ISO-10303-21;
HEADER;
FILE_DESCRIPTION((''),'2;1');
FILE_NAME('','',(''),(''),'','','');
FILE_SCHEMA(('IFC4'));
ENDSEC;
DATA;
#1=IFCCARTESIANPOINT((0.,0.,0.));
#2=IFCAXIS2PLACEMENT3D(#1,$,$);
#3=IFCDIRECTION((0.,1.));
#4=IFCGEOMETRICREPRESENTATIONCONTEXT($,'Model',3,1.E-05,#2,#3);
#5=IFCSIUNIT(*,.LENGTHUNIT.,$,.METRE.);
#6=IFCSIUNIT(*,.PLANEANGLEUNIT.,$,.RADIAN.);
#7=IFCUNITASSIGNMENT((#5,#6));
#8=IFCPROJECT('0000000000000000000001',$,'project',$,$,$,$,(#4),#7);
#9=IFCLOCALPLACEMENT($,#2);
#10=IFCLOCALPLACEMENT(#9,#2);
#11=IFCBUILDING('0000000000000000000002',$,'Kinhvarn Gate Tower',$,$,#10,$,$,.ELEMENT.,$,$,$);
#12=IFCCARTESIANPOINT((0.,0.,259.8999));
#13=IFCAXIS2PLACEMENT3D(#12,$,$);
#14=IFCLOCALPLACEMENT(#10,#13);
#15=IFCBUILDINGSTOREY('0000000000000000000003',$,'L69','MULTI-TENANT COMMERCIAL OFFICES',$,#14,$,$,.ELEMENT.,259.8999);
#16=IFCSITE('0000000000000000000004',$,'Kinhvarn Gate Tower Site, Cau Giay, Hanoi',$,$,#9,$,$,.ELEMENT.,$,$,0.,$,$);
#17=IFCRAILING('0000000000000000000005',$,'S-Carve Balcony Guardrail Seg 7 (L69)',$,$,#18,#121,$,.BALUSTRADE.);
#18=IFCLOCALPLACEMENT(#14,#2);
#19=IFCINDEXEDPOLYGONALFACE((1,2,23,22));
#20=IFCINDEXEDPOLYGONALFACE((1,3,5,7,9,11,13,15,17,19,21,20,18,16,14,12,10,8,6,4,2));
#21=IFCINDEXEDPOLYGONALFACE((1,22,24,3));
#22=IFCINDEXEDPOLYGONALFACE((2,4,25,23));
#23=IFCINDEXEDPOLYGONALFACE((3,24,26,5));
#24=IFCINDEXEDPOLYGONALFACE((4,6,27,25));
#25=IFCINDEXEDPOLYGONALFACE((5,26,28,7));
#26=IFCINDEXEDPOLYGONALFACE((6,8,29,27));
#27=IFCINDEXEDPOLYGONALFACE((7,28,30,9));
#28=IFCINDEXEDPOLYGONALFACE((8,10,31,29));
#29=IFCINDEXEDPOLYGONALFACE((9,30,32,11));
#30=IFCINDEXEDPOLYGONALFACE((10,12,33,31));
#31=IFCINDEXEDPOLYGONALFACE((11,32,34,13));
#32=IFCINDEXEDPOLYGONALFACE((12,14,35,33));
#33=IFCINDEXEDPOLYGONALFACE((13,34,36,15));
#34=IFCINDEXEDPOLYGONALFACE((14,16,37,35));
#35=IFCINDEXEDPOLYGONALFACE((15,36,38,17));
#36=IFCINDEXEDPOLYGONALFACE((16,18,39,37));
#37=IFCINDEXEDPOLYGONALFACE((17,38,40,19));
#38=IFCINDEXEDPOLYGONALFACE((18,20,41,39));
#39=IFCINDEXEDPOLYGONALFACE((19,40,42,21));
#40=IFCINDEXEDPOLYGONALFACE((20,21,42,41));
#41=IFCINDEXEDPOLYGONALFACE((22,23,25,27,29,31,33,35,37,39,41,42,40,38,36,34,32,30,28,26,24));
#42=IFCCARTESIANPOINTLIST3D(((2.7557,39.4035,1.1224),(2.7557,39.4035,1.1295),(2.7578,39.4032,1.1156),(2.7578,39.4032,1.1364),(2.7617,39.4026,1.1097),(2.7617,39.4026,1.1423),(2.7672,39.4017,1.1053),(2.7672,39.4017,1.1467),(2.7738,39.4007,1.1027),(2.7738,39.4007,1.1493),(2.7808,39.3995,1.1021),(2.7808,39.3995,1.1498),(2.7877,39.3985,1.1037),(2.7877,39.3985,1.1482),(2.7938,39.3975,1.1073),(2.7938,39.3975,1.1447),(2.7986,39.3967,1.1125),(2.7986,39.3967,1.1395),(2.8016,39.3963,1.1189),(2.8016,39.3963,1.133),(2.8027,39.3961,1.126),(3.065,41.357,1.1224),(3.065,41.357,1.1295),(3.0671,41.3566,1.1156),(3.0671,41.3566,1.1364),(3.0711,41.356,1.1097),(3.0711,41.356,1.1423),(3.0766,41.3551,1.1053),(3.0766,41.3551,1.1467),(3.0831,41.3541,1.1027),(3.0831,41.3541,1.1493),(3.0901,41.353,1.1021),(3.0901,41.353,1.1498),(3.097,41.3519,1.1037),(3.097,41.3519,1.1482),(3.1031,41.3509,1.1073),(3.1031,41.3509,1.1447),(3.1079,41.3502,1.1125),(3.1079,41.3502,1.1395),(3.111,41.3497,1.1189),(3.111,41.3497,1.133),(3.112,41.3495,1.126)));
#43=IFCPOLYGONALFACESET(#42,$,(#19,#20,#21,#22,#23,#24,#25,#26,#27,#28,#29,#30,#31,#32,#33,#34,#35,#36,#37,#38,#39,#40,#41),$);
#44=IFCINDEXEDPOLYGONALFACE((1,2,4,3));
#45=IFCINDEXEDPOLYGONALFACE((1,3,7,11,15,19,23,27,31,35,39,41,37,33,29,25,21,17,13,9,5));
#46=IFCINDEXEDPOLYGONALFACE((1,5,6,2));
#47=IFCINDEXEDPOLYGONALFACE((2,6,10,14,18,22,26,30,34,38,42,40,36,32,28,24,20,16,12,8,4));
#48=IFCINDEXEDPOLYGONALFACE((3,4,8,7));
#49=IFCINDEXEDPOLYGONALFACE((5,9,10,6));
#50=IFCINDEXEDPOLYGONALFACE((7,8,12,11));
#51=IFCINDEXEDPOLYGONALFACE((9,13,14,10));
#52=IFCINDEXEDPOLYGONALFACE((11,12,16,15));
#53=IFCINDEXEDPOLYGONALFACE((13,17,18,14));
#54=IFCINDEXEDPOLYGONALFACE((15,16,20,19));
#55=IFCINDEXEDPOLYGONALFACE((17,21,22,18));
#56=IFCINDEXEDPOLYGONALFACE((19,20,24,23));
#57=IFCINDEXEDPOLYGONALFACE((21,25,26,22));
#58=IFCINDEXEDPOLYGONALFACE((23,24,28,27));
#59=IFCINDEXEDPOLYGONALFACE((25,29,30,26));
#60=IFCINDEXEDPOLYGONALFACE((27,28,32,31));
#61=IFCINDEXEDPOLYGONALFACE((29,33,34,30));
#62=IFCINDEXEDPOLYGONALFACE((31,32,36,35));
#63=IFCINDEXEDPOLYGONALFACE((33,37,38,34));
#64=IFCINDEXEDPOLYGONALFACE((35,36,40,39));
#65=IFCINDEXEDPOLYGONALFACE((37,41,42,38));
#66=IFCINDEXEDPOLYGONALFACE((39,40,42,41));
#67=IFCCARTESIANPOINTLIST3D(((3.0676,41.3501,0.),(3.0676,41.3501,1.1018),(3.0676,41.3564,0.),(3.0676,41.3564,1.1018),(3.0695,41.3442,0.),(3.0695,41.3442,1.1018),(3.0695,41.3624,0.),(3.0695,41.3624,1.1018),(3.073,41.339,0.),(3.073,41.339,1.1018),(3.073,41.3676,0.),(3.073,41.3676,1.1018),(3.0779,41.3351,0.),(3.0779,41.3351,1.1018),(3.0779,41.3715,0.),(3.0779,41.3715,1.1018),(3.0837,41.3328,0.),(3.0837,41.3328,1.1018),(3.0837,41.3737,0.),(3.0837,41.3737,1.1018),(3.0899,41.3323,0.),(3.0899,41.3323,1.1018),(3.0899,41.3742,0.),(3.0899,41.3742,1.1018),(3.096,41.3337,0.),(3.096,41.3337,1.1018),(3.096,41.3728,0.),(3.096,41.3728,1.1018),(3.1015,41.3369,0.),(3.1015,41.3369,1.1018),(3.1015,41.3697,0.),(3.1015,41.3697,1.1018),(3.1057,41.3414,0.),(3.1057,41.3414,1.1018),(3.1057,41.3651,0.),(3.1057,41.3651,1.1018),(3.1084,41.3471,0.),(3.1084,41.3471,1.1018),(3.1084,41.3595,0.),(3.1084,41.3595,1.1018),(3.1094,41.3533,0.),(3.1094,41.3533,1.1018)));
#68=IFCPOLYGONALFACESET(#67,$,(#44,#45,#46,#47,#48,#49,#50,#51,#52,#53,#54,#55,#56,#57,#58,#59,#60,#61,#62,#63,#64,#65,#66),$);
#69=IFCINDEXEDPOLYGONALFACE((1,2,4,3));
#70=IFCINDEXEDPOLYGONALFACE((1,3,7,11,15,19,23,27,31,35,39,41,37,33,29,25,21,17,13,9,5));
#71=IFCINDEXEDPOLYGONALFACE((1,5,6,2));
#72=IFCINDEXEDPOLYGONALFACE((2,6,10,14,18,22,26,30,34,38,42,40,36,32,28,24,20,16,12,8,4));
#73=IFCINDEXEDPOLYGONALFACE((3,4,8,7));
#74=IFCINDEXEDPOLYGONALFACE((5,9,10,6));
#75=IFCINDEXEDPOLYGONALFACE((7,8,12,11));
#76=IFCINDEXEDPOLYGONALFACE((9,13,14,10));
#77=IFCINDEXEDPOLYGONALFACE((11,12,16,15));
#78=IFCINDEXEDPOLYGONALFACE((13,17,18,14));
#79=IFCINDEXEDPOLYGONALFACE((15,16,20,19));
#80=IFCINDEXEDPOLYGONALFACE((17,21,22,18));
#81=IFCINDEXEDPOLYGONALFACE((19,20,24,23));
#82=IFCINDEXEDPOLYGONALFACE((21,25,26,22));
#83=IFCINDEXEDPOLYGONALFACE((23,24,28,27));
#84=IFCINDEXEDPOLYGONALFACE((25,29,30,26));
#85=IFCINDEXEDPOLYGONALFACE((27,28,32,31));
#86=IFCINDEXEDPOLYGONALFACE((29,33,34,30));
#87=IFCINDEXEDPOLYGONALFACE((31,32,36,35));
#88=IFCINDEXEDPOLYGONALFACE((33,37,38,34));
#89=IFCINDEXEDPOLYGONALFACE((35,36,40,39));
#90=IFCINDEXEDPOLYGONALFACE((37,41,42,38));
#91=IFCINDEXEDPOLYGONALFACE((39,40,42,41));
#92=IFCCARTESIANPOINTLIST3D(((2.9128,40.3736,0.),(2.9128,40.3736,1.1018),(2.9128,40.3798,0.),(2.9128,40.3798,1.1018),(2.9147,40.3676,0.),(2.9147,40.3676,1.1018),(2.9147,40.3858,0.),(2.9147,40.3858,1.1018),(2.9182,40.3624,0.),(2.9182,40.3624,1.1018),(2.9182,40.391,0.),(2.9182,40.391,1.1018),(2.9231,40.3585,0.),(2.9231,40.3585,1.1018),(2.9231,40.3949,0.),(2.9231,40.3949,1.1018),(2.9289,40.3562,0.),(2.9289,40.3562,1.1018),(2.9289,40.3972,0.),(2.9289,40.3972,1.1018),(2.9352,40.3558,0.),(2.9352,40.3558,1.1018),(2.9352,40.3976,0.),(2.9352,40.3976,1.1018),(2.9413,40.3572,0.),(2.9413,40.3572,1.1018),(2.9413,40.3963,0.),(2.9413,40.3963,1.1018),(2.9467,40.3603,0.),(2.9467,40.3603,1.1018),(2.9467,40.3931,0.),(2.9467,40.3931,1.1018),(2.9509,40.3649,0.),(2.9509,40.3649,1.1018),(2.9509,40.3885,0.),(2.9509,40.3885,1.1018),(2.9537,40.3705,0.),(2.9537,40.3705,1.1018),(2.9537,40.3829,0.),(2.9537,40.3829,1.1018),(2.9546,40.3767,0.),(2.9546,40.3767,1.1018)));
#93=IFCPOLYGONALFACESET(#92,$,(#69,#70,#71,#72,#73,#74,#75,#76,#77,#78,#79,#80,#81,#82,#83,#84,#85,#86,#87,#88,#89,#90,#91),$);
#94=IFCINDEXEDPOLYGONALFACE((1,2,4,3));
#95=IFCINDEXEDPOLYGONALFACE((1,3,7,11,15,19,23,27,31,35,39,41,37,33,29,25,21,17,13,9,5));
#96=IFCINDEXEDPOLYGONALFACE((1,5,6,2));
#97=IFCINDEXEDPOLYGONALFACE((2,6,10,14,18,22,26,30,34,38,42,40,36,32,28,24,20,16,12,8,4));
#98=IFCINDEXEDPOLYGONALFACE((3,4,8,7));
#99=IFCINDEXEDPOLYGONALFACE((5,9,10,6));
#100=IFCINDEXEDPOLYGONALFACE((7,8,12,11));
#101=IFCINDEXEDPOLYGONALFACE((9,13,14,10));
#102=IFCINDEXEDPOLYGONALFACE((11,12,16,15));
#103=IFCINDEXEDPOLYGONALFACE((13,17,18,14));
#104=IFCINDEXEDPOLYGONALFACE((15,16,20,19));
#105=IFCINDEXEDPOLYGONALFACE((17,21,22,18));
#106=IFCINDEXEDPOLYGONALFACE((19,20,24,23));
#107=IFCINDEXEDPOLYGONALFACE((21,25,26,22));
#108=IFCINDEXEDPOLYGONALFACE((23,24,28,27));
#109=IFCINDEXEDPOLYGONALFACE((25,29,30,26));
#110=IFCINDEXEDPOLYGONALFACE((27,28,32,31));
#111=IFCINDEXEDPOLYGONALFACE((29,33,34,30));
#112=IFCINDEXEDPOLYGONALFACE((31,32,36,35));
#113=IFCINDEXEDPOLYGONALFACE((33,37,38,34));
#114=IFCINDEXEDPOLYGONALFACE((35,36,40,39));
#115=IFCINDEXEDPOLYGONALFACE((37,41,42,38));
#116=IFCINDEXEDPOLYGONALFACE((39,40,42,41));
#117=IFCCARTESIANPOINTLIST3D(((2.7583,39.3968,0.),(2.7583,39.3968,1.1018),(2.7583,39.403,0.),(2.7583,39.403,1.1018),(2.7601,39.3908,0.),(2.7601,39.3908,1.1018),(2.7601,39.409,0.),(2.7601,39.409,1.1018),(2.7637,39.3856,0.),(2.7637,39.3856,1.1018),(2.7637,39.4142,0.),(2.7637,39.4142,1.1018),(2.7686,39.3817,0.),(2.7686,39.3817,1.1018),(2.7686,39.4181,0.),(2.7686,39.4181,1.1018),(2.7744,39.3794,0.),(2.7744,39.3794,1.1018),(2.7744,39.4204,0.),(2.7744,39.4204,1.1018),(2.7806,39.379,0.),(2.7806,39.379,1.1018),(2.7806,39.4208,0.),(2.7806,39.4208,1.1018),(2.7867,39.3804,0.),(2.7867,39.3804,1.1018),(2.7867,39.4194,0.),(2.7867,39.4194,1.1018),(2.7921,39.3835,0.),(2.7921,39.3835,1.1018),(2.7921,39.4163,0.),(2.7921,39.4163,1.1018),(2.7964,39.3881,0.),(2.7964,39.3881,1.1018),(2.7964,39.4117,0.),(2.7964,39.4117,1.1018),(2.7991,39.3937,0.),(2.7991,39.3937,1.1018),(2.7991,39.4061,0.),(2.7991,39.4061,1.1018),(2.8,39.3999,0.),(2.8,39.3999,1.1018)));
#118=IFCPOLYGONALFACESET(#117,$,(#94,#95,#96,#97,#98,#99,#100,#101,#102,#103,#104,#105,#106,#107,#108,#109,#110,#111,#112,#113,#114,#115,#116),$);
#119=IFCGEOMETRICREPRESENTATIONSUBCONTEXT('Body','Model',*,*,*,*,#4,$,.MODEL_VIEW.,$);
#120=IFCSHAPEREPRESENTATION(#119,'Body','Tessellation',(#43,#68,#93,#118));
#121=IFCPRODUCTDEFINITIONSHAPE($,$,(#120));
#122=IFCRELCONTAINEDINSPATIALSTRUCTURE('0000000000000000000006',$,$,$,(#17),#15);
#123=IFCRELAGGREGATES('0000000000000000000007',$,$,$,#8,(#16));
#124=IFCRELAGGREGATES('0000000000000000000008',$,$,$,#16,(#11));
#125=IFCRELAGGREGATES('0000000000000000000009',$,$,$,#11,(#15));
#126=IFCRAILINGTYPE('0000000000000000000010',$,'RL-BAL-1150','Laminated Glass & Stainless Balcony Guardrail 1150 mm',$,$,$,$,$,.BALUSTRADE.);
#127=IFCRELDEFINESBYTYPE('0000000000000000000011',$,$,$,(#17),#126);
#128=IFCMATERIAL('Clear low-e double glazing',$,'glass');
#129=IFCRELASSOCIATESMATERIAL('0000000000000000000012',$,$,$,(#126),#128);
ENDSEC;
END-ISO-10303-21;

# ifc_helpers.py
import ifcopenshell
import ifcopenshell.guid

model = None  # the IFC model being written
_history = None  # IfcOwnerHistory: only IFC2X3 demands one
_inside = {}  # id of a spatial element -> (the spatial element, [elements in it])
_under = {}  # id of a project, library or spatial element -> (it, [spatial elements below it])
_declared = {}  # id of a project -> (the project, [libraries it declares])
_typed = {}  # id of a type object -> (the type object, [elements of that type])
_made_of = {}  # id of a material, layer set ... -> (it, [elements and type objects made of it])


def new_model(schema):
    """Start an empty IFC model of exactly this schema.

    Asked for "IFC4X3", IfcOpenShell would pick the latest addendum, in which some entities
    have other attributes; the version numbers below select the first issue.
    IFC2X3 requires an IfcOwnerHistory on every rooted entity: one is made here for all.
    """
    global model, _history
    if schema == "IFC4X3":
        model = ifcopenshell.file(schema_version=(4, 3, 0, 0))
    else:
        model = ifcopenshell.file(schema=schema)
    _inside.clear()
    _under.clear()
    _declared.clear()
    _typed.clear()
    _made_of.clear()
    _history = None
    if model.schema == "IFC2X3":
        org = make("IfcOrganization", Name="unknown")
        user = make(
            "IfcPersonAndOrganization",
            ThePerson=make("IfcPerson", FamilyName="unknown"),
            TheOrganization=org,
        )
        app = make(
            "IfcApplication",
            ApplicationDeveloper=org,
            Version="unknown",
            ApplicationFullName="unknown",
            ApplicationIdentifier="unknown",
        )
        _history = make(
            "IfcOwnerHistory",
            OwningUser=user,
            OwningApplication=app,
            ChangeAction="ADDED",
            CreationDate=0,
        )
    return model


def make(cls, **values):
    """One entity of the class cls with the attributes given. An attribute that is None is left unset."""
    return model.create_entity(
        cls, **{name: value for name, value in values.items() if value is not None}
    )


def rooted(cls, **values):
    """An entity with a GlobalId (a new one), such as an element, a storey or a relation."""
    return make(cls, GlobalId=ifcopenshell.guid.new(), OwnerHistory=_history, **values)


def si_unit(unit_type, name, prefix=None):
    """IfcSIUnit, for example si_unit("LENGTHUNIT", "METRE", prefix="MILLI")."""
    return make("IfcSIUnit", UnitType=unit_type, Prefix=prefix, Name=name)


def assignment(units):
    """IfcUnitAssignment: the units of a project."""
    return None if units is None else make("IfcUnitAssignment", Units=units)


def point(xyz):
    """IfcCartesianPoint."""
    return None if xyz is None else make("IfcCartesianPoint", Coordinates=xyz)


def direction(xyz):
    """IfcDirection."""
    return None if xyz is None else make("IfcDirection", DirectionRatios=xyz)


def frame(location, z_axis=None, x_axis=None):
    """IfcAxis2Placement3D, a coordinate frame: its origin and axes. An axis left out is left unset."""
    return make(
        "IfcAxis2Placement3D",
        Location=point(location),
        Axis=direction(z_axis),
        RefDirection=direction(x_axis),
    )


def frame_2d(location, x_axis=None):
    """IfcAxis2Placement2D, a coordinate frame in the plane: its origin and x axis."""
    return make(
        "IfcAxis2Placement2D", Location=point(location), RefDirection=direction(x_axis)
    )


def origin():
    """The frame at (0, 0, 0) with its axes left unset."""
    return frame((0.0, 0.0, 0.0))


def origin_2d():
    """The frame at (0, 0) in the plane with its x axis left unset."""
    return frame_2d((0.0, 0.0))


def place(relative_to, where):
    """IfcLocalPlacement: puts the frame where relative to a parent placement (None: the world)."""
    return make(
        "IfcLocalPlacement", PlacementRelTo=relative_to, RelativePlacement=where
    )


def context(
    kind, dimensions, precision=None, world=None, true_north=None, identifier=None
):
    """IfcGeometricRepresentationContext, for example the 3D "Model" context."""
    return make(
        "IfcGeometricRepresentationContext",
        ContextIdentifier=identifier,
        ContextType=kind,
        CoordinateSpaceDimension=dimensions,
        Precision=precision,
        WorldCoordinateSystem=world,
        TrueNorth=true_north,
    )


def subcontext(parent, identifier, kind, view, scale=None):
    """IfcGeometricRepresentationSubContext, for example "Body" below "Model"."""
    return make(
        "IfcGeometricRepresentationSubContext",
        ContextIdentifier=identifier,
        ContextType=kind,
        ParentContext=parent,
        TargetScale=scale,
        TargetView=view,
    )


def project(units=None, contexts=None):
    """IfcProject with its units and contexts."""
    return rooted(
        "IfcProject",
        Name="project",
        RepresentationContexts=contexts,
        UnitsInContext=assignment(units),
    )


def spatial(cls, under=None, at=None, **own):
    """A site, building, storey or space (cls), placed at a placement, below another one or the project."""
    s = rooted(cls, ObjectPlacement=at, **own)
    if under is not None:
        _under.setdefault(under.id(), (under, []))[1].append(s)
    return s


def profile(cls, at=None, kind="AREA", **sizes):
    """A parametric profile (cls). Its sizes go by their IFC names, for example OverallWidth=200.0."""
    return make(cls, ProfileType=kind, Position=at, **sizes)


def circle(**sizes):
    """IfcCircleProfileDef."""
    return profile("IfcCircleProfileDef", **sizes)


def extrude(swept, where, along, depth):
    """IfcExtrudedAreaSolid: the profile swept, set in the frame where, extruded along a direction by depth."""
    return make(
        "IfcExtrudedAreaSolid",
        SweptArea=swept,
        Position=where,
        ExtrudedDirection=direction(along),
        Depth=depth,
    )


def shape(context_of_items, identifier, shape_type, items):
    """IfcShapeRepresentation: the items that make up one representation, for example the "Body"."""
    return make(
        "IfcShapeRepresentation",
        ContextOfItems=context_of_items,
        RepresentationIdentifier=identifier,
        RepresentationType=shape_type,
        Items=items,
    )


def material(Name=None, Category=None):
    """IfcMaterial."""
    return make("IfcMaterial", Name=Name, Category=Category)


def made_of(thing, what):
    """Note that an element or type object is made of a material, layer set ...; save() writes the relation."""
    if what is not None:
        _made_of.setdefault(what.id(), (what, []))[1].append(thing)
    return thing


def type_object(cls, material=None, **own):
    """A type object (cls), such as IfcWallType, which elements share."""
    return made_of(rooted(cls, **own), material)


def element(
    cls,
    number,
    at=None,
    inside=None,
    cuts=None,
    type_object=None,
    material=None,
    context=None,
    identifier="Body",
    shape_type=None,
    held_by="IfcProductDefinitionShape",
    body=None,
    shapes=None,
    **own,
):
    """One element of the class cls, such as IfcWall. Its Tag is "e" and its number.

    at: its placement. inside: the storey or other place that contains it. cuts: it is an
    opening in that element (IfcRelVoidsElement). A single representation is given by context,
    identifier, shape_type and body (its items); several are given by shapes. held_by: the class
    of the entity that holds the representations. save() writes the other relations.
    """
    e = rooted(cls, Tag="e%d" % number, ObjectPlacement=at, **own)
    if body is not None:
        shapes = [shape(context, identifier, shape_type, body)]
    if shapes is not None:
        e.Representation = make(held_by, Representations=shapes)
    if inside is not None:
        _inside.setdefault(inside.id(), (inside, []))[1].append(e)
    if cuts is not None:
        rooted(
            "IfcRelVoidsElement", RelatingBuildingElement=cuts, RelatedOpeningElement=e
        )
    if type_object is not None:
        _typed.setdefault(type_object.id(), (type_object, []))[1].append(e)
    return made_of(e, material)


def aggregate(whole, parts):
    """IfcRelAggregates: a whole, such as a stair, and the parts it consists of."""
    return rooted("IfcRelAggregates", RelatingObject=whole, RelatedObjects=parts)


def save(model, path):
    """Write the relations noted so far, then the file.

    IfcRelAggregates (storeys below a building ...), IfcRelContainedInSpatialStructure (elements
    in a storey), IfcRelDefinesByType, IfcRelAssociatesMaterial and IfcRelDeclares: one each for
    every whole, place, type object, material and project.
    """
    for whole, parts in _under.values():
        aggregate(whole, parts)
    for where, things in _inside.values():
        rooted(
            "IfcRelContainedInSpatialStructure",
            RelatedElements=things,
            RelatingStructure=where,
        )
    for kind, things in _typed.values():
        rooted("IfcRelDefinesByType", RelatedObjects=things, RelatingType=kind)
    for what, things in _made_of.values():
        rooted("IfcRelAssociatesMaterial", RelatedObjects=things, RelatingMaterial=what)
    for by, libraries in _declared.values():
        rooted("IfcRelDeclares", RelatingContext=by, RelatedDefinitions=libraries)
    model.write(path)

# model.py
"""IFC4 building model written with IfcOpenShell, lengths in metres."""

from ifc_helpers import new_model, si_unit, direction, frame, origin, origin_2d, place, context, subcontext, project, spatial, circle, extrude, material, type_object, element, save


model = new_model("IFC4")

# Units and contexts
model_context = context("Model", 3, precision=1e-05, world=origin(), true_north=direction((0.0, 1.0)))
body_context = subcontext(model_context, "Body", "Model", "MODEL_VIEW")
ifc_project = project(units=[si_unit("LENGTHUNIT", "METRE"), si_unit("PLANEANGLEUNIT", "RADIAN")], contexts=[model_context])

# Site, building, storey
site_placement = place(None, origin())
site = spatial("IfcSite", under=ifc_project, at=site_placement, Name="Kinhvarn Gate Tower Site, Cau Giay, Hanoi", CompositionType="ELEMENT", RefElevation=0.0)
building_placement = place(site_placement, origin())
building = spatial("IfcBuilding", under=site, at=building_placement, Name="Kinhvarn Gate Tower", CompositionType="ELEMENT")
storey_placement = place(building_placement, frame((0.0, 0.0, 259.8999)))
storey = spatial("IfcBuildingStorey", under=building, at=storey_placement, Name="L69", Description="MULTI-TENANT COMMERCIAL OFFICES", CompositionType="ELEMENT", Elevation=259.8999)

# Shared definitions
ifc_material_1 = material(Name="Clear low-e double glazing", Category="glass")

# Railing
railing_type = type_object("IfcRailingType", Name="RL-BAL-1150", Description="Laminated Glass & Stainless Balcony Guardrail 1150 mm", PredefinedType="BALUSTRADE", material=ifc_material_1)
railing_1_placement = place(storey_placement, frame((3.0884, 41.3533, 0.0)))
element("IfcRailing", 1, at=railing_1_placement, inside=storey, type_object=railing_type, Name="S-Carve Balcony Guardrail Seg 7 (L69)", PredefinedType="BALUSTRADE", context=body_context, shape_type="SweptSolid", body=[
    extrude(circle(Radius=0.0239, at=origin_2d()), frame((0.0, 0.0, 1.126), z_axis=(-0.156406, -0.987693, 0.0), x_axis=(0.987693, -0.156406, 0.0)), (0.0, 0.0, 1.0), 1.9778),
    extrude(circle(Radius=0.021, at=origin_2d()), origin(), (0.0, 0.0, 1.0), 1.1018),
    extrude(circle(Radius=0.021, at=origin_2d()), frame((-0.1548, -0.9766, 0.0)), (0.0, 0.0, 1.0), 1.1018),
    extrude(circle(Radius=0.021, at=origin_2d()), frame((-0.3093, -1.9534, 0.0)), (0.0, 0.0, 1.0), 1.1018),
])

save(model, "model.ifc")
